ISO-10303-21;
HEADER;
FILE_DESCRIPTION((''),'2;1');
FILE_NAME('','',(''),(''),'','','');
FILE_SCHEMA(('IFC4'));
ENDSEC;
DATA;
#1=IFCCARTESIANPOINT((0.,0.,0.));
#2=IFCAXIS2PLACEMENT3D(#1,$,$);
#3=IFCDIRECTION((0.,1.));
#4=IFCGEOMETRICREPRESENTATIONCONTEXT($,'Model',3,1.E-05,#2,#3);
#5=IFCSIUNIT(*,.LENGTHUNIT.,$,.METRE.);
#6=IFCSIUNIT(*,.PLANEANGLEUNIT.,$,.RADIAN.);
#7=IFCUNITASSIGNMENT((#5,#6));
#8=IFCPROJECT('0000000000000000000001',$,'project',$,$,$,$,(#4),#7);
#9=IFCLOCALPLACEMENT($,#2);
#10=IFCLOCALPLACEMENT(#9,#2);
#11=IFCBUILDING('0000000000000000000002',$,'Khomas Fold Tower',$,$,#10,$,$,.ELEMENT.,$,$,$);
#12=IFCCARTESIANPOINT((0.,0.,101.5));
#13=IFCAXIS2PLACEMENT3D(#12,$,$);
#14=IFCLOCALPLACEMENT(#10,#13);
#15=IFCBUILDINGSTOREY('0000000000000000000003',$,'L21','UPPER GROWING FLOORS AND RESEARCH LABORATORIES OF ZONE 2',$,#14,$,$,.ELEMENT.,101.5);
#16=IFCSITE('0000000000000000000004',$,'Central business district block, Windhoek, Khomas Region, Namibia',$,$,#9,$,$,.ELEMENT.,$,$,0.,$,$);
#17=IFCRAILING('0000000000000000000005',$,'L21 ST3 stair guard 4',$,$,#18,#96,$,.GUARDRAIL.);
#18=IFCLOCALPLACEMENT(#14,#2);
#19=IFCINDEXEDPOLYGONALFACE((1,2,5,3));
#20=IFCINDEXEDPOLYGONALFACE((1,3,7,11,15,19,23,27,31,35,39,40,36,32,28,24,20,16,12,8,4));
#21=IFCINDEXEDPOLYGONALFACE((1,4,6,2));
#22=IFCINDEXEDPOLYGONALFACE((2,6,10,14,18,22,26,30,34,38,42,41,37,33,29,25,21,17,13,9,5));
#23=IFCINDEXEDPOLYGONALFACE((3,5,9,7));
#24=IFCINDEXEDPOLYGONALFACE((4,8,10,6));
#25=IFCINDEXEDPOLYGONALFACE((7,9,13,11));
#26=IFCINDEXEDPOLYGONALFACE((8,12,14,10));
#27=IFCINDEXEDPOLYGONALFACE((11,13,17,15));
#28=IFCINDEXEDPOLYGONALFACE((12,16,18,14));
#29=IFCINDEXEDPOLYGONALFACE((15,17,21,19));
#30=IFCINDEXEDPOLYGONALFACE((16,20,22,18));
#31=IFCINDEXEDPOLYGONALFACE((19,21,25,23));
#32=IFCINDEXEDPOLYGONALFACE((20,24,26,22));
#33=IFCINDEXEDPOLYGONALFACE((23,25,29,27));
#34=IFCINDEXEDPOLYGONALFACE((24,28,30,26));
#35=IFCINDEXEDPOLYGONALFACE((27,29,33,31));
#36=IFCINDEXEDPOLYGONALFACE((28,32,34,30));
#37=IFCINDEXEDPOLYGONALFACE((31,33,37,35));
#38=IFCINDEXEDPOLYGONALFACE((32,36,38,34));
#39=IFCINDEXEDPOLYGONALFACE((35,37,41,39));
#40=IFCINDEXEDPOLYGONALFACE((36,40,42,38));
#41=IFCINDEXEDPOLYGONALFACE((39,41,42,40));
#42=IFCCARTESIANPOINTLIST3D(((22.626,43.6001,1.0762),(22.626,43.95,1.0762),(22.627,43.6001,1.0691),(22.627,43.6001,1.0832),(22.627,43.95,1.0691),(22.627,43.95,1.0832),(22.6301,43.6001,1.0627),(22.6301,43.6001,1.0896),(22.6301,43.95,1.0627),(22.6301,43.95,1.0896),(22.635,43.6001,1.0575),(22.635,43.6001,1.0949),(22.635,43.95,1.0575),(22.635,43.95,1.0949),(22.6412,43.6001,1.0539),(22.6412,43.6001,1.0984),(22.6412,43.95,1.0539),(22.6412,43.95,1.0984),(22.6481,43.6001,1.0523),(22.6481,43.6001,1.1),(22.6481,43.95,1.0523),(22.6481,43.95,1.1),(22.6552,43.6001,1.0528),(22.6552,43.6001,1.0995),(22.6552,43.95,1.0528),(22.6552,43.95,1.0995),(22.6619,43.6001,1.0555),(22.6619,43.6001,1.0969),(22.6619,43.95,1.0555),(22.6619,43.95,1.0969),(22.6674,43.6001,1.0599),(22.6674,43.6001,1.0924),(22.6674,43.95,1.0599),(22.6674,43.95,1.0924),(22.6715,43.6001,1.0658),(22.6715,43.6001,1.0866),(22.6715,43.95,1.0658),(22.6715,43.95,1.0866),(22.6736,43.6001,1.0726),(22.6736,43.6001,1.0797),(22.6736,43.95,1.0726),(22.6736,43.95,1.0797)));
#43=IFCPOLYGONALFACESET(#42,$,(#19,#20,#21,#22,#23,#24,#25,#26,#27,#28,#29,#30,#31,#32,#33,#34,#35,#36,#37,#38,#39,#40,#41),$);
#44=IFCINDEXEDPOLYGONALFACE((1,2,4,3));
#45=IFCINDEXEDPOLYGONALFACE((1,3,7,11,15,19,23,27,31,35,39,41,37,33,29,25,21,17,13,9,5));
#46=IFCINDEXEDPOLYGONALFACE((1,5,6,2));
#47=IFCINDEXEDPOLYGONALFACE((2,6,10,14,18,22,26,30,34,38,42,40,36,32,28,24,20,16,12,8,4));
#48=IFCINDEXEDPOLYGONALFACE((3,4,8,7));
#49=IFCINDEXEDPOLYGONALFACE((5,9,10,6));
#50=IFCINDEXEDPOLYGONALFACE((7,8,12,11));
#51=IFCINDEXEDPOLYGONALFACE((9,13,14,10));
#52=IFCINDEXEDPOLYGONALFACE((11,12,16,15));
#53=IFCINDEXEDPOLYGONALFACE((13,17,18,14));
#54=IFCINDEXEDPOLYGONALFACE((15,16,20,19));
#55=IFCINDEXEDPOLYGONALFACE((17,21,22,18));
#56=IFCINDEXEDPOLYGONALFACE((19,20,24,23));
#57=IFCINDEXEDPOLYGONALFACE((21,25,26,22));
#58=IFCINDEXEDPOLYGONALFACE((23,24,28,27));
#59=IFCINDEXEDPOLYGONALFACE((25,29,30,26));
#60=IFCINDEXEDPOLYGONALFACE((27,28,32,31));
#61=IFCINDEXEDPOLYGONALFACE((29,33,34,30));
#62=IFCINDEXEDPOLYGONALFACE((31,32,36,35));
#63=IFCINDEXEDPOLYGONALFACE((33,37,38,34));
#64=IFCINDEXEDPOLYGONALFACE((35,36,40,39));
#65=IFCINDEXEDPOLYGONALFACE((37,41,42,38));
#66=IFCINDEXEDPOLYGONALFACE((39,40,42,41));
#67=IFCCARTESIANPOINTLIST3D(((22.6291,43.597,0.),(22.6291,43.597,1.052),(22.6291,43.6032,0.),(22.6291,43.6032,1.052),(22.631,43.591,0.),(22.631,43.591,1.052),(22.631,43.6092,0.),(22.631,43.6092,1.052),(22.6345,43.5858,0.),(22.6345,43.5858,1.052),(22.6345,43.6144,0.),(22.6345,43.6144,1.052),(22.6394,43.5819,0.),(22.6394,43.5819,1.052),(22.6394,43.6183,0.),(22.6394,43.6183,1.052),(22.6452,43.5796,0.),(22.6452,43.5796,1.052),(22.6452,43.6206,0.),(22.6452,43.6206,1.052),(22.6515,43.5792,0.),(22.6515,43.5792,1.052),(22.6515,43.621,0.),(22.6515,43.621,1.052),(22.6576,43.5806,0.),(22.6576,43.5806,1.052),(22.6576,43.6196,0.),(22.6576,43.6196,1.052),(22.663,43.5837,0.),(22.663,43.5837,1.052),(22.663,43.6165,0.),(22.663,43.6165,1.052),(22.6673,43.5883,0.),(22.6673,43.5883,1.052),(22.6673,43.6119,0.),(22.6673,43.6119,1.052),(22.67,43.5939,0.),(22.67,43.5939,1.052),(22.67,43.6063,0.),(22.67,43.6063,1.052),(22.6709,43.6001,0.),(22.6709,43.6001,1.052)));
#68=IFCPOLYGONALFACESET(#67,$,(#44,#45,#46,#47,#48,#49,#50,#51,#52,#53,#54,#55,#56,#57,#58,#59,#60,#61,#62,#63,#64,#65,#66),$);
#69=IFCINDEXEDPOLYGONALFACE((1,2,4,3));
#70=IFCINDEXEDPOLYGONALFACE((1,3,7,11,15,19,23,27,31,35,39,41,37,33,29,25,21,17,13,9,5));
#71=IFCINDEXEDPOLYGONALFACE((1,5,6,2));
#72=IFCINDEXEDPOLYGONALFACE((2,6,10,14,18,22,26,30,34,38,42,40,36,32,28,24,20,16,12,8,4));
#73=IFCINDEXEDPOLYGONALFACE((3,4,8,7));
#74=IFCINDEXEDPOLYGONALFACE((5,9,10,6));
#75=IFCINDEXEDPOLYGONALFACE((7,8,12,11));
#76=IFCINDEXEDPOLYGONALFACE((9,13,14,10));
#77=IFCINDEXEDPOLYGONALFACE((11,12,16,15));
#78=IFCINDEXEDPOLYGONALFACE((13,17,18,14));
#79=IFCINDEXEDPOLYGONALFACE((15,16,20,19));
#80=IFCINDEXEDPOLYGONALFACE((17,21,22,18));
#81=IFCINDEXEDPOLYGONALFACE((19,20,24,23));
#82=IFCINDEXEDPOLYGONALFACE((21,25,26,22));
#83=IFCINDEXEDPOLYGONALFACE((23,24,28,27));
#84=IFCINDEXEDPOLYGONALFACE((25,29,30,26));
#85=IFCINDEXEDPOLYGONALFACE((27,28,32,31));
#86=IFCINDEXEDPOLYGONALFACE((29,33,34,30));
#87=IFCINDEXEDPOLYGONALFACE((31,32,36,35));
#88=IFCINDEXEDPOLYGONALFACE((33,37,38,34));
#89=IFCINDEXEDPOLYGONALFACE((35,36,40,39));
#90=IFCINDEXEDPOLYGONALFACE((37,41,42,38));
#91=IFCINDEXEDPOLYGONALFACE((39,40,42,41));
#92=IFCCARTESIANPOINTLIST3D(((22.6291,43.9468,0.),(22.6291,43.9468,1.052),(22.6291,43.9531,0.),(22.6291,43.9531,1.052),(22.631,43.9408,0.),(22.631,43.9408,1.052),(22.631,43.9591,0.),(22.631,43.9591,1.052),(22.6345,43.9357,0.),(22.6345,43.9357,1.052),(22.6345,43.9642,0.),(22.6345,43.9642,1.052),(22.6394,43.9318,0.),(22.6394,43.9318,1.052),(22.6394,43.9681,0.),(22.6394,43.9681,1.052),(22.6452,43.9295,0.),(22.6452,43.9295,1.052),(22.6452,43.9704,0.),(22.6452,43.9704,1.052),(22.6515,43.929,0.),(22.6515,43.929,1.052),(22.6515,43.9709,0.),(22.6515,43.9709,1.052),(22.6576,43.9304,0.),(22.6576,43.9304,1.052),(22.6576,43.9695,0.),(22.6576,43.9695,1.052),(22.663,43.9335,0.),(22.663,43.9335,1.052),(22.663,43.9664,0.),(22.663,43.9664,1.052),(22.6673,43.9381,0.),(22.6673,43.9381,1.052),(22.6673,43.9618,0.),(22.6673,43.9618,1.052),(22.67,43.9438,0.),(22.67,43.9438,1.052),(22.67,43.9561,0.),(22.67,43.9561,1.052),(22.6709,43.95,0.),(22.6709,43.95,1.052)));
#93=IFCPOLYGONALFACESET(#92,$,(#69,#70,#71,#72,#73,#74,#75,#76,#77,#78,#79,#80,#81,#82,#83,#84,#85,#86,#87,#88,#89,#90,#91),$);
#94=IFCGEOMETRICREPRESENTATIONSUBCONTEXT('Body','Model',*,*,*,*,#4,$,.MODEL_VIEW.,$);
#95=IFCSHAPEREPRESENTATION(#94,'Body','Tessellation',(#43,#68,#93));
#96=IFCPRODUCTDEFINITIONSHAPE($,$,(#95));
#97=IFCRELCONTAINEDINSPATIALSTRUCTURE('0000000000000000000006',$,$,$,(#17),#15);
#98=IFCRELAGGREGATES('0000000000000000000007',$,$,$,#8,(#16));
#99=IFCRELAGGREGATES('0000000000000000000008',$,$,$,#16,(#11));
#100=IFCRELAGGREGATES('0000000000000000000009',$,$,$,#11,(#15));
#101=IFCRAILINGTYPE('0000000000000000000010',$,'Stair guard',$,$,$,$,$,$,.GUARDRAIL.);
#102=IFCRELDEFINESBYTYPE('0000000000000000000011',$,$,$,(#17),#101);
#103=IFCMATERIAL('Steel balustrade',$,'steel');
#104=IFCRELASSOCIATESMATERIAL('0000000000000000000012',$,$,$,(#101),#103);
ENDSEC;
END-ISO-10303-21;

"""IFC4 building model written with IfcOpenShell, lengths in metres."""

from ifc_helpers import new_model, si_unit, direction, frame, origin, origin_2d, place, context, subcontext, project, spatial, circle, extrude, source, transform, mapped, material, type_object, element, save


model = new_model("IFC4")

# Units and contexts
model_context = context("Model", 3, precision=1e-05, world=origin(), true_north=direction((0.0, 1.0)))
body_context = subcontext(model_context, "Body", "Model", "MODEL_VIEW")
ifc_project = project(units=[si_unit("LENGTHUNIT", "METRE"), si_unit("PLANEANGLEUNIT", "RADIAN")], contexts=[model_context])

# Site, building, storey
site_placement = place(None, origin())
site = spatial("IfcSite", under=ifc_project, at=site_placement, Name="Central business district block, Windhoek, Khomas Region, Namibia", CompositionType="ELEMENT", RefElevation=0.0)
building_placement = place(site_placement, origin())
building = spatial("IfcBuilding", under=site, at=building_placement, Name="Khomas Fold Tower", CompositionType="ELEMENT")
storey_placement = place(building_placement, frame((0.0, 0.0, 101.5)))
storey = spatial("IfcBuildingStorey", under=building, at=storey_placement, Name="L21", Description="UPPER GROWING FLOORS AND RESEARCH LABORATORIES OF ZONE 2", CompositionType="ELEMENT", Elevation=101.5)

# Railing
ifc_material_1 = material(Name="Steel balustrade", Category="steel")
railing_type_1 = type_object("IfcRailingType", Name="Stair guard", PredefinedType="GUARDRAIL", material=ifc_material_1)
shared_shape_1 = source(origin(), body_context, "Body", "SweptSolid", [
    extrude(circle(Radius=0.0239, at=origin_2d()), frame((0.0, 0.0, 1.0762), z_axis=(0.0, 1.0, 0.0), x_axis=(-1.0, 0.0, 0.0)), (0.0, 0.0, 1.0), 0.3499),
    extrude(circle(Radius=0.021, at=origin_2d()), origin(), (0.0, 0.0, 1.0), 1.052),
    extrude(circle(Radius=0.021, at=origin_2d()), frame((0.0, 0.3499, 0.0)), (0.0, 0.0, 1.0), 1.052),
])
for number, where, name in (
    (1, (22.6499, 43.6001, 0.0), "L21 ST3 stair guard 4"),
):
    element("IfcRailing", number, at=place(storey_placement, frame(where)), inside=storey, type_object=railing_type_1, Name=name, PredefinedType="GUARDRAIL", context=body_context, shape_type="MappedRepresentation", body=[
        mapped(shared_shape_1, transform((0.0, 0.0, 0.0))),
    ])

save(model, "model.ifc")
